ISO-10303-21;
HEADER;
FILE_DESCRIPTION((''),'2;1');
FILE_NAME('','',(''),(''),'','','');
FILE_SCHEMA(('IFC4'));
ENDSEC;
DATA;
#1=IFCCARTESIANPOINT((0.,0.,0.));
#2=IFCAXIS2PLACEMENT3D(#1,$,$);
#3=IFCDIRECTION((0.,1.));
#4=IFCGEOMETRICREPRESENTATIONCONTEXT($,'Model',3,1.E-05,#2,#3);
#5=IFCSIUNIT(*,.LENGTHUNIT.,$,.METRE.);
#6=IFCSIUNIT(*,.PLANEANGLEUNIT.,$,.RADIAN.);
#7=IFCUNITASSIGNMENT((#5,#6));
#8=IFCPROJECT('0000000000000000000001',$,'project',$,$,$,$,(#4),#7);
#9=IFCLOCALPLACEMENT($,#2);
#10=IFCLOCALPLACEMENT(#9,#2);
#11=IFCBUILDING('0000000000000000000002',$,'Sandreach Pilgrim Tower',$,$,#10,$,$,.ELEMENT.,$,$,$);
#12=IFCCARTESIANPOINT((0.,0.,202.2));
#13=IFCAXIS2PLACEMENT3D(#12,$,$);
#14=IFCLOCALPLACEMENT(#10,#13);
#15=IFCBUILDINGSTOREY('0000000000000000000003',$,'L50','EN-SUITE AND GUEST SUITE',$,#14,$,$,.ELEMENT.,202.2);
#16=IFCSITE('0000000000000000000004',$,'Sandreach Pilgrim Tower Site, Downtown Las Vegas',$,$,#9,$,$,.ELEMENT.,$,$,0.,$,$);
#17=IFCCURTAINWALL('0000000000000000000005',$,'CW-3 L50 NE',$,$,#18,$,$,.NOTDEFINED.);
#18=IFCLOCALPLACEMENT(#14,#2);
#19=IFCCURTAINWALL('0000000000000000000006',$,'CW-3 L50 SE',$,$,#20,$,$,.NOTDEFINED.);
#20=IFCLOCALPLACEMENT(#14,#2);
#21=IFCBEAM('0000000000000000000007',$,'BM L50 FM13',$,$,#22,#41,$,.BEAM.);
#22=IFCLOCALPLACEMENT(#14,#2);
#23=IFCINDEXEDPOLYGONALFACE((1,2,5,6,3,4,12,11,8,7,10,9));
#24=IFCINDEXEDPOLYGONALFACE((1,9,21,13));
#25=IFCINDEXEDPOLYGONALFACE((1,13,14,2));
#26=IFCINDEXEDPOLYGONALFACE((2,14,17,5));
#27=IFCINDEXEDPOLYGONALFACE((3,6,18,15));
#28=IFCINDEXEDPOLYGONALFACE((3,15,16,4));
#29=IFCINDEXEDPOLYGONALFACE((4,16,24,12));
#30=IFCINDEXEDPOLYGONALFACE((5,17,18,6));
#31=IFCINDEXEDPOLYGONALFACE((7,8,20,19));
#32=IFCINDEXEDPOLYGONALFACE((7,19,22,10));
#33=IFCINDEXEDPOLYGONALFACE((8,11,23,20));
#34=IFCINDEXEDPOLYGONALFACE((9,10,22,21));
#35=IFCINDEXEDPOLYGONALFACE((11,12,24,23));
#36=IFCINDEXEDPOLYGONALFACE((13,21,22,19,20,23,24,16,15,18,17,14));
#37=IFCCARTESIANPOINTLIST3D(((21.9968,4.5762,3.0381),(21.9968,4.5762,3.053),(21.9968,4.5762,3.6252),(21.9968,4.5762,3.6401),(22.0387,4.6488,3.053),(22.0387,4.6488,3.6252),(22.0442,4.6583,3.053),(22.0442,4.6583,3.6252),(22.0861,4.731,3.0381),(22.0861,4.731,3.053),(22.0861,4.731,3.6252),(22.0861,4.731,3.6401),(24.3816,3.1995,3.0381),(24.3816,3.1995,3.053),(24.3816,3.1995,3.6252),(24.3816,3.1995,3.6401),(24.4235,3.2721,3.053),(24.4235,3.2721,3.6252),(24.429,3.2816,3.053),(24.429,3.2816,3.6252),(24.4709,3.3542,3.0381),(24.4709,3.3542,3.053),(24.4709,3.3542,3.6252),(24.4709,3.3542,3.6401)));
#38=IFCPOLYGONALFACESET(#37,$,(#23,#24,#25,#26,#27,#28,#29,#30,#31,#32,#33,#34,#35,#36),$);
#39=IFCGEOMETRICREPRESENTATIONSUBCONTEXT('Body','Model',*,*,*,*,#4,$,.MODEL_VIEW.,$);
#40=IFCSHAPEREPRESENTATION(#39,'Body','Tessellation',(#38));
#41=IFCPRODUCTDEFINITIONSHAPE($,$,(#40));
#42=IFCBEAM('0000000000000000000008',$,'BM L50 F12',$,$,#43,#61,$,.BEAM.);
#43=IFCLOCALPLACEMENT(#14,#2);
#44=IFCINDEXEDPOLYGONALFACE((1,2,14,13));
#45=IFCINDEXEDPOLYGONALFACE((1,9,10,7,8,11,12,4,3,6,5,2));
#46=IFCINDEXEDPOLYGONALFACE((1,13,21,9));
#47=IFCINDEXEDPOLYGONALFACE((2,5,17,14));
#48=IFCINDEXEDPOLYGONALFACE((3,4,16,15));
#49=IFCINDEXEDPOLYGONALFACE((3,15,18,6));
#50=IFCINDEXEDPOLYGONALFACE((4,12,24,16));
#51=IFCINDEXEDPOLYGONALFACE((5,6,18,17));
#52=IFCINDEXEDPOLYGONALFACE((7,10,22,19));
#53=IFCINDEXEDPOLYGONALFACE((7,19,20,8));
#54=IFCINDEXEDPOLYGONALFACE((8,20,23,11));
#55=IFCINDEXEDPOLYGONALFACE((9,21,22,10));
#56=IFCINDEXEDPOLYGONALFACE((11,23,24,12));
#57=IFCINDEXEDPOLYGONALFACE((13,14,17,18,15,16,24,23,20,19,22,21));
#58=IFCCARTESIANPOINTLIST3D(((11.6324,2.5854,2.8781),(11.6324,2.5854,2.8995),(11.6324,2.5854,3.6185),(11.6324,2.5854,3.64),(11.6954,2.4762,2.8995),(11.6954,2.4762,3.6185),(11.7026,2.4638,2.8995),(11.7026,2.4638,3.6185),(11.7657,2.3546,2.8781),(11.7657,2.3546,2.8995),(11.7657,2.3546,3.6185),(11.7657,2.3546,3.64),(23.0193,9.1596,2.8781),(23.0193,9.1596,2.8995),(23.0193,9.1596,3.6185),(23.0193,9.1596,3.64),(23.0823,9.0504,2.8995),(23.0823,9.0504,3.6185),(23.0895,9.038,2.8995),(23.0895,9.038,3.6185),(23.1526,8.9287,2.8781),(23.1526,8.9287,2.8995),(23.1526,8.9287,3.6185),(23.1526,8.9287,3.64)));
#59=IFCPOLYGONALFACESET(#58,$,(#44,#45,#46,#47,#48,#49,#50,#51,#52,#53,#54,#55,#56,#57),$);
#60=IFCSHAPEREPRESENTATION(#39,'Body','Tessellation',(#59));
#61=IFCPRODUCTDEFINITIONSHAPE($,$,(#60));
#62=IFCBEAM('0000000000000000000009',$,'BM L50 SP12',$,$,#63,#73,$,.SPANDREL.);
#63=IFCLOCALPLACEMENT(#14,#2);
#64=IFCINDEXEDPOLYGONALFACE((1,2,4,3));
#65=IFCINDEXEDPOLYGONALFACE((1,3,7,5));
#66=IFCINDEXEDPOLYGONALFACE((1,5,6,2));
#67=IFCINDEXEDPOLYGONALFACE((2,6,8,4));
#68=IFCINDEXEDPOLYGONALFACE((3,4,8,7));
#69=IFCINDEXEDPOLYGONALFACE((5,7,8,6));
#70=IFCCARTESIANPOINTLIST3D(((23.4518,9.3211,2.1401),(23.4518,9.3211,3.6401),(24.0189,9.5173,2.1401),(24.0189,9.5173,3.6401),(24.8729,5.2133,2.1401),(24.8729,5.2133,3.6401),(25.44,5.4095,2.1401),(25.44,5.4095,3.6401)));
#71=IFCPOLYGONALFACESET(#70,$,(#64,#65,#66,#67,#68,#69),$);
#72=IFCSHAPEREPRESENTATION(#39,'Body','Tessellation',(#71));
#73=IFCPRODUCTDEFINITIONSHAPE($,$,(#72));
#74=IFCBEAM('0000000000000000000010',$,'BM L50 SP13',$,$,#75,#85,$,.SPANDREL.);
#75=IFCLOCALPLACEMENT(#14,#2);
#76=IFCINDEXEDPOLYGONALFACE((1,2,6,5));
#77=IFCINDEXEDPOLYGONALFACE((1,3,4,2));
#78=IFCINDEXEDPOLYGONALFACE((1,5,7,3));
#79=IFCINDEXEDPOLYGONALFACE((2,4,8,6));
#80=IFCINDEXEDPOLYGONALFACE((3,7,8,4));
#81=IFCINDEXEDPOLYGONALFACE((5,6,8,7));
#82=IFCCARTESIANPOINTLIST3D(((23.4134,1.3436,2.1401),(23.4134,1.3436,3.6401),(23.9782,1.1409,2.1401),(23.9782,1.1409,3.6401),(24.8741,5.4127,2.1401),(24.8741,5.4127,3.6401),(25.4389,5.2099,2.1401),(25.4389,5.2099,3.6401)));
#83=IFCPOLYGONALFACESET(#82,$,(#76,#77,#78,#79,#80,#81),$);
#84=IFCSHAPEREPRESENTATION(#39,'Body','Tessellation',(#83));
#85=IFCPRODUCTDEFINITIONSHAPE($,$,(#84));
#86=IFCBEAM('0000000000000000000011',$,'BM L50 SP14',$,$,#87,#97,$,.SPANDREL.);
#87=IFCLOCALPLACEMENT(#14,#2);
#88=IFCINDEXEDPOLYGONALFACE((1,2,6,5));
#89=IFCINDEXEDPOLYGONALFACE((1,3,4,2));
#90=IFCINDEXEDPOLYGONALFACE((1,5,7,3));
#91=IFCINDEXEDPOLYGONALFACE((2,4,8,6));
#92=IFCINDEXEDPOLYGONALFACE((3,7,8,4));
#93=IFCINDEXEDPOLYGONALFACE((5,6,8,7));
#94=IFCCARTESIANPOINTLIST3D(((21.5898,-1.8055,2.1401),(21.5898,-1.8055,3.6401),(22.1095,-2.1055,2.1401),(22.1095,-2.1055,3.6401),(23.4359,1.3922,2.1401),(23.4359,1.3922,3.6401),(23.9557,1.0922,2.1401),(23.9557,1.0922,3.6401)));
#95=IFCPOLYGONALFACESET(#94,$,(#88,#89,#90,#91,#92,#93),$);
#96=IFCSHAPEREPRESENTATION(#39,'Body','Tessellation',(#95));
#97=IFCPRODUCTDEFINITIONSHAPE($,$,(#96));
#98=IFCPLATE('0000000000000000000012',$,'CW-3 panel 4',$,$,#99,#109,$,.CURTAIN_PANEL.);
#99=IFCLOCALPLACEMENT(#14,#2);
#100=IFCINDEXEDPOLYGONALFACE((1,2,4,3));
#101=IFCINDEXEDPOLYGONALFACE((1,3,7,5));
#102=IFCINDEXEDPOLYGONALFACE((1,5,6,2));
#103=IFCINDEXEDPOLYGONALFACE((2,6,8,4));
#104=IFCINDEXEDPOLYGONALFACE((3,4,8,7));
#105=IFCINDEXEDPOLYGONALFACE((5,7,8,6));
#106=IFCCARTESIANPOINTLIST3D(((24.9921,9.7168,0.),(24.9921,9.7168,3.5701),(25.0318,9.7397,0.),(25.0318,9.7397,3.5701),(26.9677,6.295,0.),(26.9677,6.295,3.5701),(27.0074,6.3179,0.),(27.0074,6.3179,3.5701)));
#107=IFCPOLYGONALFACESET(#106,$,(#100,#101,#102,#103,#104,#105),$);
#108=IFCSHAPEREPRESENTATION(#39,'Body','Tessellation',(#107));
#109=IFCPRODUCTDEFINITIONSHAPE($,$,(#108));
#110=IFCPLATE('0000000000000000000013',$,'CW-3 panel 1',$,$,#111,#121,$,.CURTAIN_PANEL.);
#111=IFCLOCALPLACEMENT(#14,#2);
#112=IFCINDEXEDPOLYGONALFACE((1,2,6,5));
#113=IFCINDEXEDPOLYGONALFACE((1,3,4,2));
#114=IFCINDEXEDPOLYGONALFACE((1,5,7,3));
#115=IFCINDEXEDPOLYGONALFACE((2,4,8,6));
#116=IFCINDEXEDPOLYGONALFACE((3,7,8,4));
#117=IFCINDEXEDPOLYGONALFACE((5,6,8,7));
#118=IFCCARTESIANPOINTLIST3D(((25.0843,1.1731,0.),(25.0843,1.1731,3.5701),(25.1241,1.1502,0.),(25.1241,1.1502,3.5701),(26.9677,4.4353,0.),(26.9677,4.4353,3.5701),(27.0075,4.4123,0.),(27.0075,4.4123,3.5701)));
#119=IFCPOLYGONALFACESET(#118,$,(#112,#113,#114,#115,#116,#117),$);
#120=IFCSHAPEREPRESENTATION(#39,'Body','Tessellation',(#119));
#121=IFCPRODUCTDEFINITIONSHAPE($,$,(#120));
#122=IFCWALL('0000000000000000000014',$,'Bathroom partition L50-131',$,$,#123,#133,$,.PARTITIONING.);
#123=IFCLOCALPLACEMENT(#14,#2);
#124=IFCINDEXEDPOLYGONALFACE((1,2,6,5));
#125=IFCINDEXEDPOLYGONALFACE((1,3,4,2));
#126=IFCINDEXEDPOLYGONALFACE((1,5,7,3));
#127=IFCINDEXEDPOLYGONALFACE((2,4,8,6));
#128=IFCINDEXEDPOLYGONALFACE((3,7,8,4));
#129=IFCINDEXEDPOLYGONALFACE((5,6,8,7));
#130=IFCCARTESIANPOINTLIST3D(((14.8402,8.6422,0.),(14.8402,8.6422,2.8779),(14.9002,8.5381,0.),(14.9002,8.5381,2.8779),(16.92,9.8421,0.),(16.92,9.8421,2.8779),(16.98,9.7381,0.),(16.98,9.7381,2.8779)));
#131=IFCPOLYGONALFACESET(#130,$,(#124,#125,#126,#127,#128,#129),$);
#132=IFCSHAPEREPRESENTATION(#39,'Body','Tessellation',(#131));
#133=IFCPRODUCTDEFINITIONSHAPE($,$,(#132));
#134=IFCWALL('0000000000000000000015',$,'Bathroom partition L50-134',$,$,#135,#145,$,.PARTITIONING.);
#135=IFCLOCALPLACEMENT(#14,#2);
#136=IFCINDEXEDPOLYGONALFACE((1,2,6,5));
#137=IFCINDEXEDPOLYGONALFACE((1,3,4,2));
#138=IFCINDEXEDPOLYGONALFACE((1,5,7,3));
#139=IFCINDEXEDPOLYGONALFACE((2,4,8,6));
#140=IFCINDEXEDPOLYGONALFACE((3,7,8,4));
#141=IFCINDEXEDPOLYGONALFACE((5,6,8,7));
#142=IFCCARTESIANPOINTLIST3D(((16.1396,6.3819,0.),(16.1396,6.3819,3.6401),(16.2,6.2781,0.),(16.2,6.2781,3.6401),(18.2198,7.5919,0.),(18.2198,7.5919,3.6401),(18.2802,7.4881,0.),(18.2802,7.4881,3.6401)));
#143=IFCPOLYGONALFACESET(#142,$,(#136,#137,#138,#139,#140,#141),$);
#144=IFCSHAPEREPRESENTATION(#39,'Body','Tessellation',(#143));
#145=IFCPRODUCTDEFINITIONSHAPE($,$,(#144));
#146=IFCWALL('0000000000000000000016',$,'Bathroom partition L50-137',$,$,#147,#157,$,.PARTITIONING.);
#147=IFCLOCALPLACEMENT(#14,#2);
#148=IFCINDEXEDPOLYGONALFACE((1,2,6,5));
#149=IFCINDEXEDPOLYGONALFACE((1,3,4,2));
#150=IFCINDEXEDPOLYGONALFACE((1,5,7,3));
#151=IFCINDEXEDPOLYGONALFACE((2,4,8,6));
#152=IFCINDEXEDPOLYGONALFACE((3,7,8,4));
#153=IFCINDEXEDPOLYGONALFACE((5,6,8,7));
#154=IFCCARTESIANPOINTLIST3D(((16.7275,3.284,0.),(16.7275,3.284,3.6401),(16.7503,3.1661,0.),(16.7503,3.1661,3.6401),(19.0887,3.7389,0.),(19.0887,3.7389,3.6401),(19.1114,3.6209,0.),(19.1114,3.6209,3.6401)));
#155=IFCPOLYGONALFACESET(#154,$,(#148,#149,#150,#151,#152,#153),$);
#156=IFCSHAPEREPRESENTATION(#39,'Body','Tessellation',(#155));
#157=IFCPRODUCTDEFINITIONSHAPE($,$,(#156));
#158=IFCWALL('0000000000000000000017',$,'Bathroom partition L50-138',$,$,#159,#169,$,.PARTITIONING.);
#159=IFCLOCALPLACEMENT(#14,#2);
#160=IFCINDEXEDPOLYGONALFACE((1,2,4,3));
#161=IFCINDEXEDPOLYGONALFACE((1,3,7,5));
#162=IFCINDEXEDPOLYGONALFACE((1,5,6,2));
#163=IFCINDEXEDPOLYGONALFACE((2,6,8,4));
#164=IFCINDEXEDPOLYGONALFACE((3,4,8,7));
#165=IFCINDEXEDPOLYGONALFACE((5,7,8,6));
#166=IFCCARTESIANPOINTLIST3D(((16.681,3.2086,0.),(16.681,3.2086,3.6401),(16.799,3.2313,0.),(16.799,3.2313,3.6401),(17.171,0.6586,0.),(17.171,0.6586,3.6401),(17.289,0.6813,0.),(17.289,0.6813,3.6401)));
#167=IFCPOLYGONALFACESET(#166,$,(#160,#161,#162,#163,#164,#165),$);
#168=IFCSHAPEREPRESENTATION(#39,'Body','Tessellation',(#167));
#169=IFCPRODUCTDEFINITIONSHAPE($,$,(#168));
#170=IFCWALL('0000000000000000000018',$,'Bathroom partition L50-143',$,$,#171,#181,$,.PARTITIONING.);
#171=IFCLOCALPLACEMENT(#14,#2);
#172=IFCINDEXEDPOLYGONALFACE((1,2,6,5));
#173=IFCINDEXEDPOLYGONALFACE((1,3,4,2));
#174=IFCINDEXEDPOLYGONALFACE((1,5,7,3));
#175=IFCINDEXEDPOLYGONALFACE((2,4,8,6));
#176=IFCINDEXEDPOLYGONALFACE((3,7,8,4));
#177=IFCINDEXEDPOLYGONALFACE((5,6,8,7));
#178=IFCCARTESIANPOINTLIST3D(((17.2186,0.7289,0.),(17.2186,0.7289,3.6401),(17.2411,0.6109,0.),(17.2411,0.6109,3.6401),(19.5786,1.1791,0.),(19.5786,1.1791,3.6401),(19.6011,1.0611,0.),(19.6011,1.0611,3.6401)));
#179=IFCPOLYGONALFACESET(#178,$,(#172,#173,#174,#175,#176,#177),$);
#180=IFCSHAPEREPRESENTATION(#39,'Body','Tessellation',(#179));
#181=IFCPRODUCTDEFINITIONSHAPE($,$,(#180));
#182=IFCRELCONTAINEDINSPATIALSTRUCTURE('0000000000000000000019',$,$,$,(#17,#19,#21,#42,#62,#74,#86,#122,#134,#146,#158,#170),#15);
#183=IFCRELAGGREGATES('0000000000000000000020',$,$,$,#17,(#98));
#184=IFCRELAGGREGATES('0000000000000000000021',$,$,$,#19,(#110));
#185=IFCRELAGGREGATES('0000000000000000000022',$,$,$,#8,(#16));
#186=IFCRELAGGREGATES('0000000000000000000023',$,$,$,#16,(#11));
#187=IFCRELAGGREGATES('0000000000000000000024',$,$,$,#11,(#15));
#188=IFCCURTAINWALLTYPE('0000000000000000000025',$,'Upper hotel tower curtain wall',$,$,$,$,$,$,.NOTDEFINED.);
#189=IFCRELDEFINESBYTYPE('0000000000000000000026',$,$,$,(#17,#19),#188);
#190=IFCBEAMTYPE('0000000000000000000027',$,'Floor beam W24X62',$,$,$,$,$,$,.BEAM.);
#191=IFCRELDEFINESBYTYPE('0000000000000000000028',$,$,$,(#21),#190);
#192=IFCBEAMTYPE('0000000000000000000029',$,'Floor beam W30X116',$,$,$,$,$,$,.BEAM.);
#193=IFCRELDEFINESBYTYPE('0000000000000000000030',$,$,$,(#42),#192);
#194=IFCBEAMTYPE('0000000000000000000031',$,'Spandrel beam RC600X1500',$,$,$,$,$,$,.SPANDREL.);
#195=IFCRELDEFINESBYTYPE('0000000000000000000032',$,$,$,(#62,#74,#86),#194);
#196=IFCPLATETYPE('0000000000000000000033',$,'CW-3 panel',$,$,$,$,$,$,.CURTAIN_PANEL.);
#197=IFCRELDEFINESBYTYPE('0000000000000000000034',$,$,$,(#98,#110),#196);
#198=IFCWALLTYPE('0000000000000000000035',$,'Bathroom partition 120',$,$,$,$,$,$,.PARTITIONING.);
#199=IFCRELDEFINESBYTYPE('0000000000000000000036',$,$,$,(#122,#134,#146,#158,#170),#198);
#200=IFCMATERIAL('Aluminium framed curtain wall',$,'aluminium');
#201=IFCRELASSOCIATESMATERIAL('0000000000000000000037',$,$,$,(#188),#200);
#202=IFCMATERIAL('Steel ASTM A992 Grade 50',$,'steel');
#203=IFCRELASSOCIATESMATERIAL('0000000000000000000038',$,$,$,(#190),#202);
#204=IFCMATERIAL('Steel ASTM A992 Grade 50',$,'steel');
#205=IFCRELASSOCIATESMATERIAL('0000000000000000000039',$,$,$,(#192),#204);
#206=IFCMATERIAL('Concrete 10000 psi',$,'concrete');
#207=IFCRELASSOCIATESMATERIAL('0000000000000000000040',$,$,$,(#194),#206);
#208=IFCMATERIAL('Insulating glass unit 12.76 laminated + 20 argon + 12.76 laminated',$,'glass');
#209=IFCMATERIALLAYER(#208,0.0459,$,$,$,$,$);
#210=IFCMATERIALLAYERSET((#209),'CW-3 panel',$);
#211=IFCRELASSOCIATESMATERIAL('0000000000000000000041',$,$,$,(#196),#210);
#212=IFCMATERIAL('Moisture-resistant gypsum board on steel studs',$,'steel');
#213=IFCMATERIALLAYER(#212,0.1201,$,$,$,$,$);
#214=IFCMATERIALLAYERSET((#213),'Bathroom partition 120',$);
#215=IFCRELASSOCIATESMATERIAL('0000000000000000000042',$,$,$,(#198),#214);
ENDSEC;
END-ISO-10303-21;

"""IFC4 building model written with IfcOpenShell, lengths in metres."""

from ifc_helpers import new_model, si_unit, direction, frame, frame_2d, origin, origin_2d, place, context, subcontext, project, spatial, rectangle, i_section, extrude, material, layer, layer_set, material_profile, profile_set, type_object, element, aggregate, save


model = new_model("IFC4")

# Units and contexts
model_context = context("Model", 3, precision=1e-05, world=origin(), true_north=direction((0.0, 1.0)))
body_context = subcontext(model_context, "Body", "Model", "MODEL_VIEW")
ifc_project = project(units=[si_unit("LENGTHUNIT", "METRE"), si_unit("PLANEANGLEUNIT", "RADIAN")], contexts=[model_context])

# Site, building, storey
site_placement = place(None, origin())
site = spatial("IfcSite", under=ifc_project, at=site_placement, Name="Sandreach Pilgrim Tower Site, Downtown Las Vegas", CompositionType="ELEMENT", RefElevation=0.0)
building_placement = place(site_placement, origin())
building = spatial("IfcBuilding", under=site, at=building_placement, Name="Sandreach Pilgrim Tower", CompositionType="ELEMENT")
storey_placement = place(building_placement, frame((0.0, 0.0, 202.2)))
storey = spatial("IfcBuildingStorey", under=building, at=storey_placement, Name="L50", Description="EN-SUITE AND GUEST SUITE", CompositionType="ELEMENT", Elevation=202.2)

# Curtain wall
ifc_material_1 = material(Name="Aluminium framed curtain wall", Category="aluminium")
curtain_wall_type = type_object("IfcCurtainWallType", Name="Upper hotel tower curtain wall", PredefinedType="NOTDEFINED", material=ifc_material_1)
curtain_wall_1_placement = place(storey_placement, origin())
curtain_wall_1 = element("IfcCurtainWall", 1, at=curtain_wall_1_placement, inside=storey, type_object=curtain_wall_type, Name="CW-3 L50 NE", PredefinedType="NOTDEFINED")

# Curtain wall
curtain_wall_2_placement = place(storey_placement, origin())
curtain_wall_2 = element("IfcCurtainWall", 2, at=curtain_wall_2_placement, inside=storey, type_object=curtain_wall_type, Name="CW-3 L50 SE", PredefinedType="NOTDEFINED")

# Beams
ifc_material_2 = material(Name="Steel ASTM A992 Grade 50", Category="steel")
ifc_material_profile_1 = material_profile(ifc_material_2, i_section(OverallWidth=0.1787, OverallDepth=0.6021, WebThickness=0.011, FlangeThickness=0.0149, at=origin_2d()), Name="W24X62")
ifc_profile_set_1 = profile_set([ifc_material_profile_1], Name="Steel ASTM A992 Grade 50")
beam_type_1 = type_object("IfcBeamType", Name="Floor beam W24X62", PredefinedType="BEAM", material=ifc_profile_set_1)
beam_1_placement = place(storey_placement, frame((24.4263, 3.2769, 3.3391), z_axis=(-0.866047, 0.499963, 0.0), x_axis=(-0.499963, -0.866047, 0.0)))
element("IfcBeam", 3, at=beam_1_placement, inside=storey, type_object=beam_type_1, Name="BM L50 FM13", PredefinedType="BEAM", context=body_context, shape_type="SweptSolid", body=[
    extrude(i_section(OverallWidth=0.1787, OverallDepth=0.6021, WebThickness=0.011, FlangeThickness=0.0149, at=origin_2d()), origin(), (0.0, 0.0, 1.0), 2.7537),
])
ifc_material_3 = material(Name="Steel ASTM A992 Grade 50", Category="steel")
ifc_material_profile_2 = material_profile(ifc_material_3, i_section(OverallWidth=0.2666, OverallDepth=0.762, WebThickness=0.0144, FlangeThickness=0.0215, at=origin_2d()), Name="W30X116")
ifc_profile_set_2 = profile_set([ifc_material_profile_2], Name="Steel ASTM A992 Grade 50")
beam_type_2 = type_object("IfcBeamType", Name="Floor beam W30X116", PredefinedType="BEAM", material=ifc_profile_set_2)
beam_2_placement = place(storey_placement, frame((23.0859, 9.0442, 3.259), z_axis=(-0.866027, -0.499997, 0.0), x_axis=(0.499997, -0.866027, 0.0)))
element("IfcBeam", 4, at=beam_2_placement, inside=storey, type_object=beam_type_2, Name="BM L50 F12", PredefinedType="BEAM", context=body_context, shape_type="SweptSolid", body=[
    extrude(i_section(OverallWidth=0.2666, OverallDepth=0.762, WebThickness=0.0144, FlangeThickness=0.0215, at=origin_2d()), origin(), (0.0, 0.0, 1.0), 13.1484),
])
ifc_material_4 = material(Name="Concrete 10000 psi", Category="concrete")
ifc_material_profile_3 = material_profile(ifc_material_4, rectangle(XDim=0.6001, YDim=1.5, at=origin_2d()), Name="RC600X1500")
ifc_profile_set_3 = profile_set([ifc_material_profile_3], Name="Concrete 10000 psi")
beam_type_3 = type_object("IfcBeamType", Name="Spandrel beam RC600X1500", PredefinedType="SPANDREL", material=ifc_profile_set_3)
beam_3_placement = place(storey_placement, frame((23.7354, 9.4192, 2.8901), z_axis=(0.326941, -0.945045, 0.0), x_axis=(0.945045, 0.326941, 0.0)))
element("IfcBeam", 5, at=beam_3_placement, inside=storey, type_object=beam_type_3, Name="BM L50 SP12", PredefinedType="SPANDREL", context=body_context, shape_type="SweptSolid", body=[
    extrude(rectangle(XDim=0.6001, YDim=1.5, at=origin_2d()), origin(), (0.0, 0.0, 1.0), 4.3467),
])
beam_4_placement = place(storey_placement, frame((25.1565, 5.3113, 2.8901), z_axis=(-0.337863, -0.941195, 0.0), x_axis=(0.941195, -0.337863, 0.0)))
element("IfcBeam", 6, at=beam_4_placement, inside=storey, type_object=beam_type_3, Name="BM L50 SP13", PredefinedType="SPANDREL", context=body_context, shape_type="SweptSolid", body=[
    extrude(rectangle(XDim=0.6001, YDim=1.5, at=origin_2d()), origin(), (0.0, 0.0, 1.0), 4.3232),
])
beam_5_placement = place(storey_placement, frame((23.6958, 1.2422, 2.8901), z_axis=(-0.499993, -0.866029, 0.0), x_axis=(0.866029, -0.499993, 0.0)))
element("IfcBeam", 7, at=beam_5_placement, inside=storey, type_object=beam_type_3, Name="BM L50 SP14", PredefinedType="SPANDREL", context=body_context, shape_type="SweptSolid", body=[
    extrude(rectangle(XDim=0.6001, YDim=1.5, at=origin_2d()), origin(), (0.0, 0.0, 1.0), 3.6924),
])

# Plates
ifc_material_5 = material(Name="Insulating glass unit 12.76 laminated + 20 argon + 12.76 laminated", Category="glass")
ifc_layer_1 = layer(ifc_material_5, 0.0459)
ifc_layer_set_1 = layer_set([ifc_layer_1], Name="CW-3 panel")
plate_type = type_object("IfcPlateType", Name="CW-3 panel", PredefinedType="CURTAIN_PANEL", material=ifc_layer_set_1)
plate_1_placement = place(storey_placement, frame((25.9998, 8.0173, 0.0), z_axis=(0.0, 0.0, 1.0), x_axis=(0.5, -0.866025, 0.0)))
plate_1 = element("IfcPlate", 8, at=plate_1_placement, type_object=plate_type, Name="CW-3 panel 4", PredefinedType="CURTAIN_PANEL", context=body_context, shape_type="SweptSolid", body=[
    extrude(rectangle(XDim=3.9512, YDim=0.0459, at=origin_2d()), origin(), (0.0, 0.0, 1.0), 3.5701),
])
aggregate(curtain_wall_1, [plate_1])
plate_2_placement = place(storey_placement, frame((26.0459, 2.7927, 0.0), z_axis=(0.0, 0.0, 1.0), x_axis=(-0.5, -0.866025, 0.0)))
plate_2 = element("IfcPlate", 9, at=plate_2_placement, type_object=plate_type, Name="CW-3 panel 1", PredefinedType="CURTAIN_PANEL", context=body_context, shape_type="SweptSolid", body=[
    extrude(rectangle(XDim=3.7668, YDim=0.0459, at=origin_2d()), origin(), (0.0, 0.0, 1.0), 3.5701),
])
aggregate(curtain_wall_2, [plate_2])

# Walls
ifc_material_6 = material(Name="Moisture-resistant gypsum board on steel studs", Category="steel")
ifc_layer_2 = layer(ifc_material_6, 0.1201)
ifc_layer_set_2 = layer_set([ifc_layer_2], Name="Bathroom partition 120")
wall_type_1 = type_object("IfcWallType", Name="Bathroom partition 120", PredefinedType="PARTITIONING", material=ifc_layer_set_2)
wall_1_placement = place(storey_placement, frame((14.8701, 8.5901, 0.0), z_axis=(0.0, 0.0, 1.0), x_axis=(0.866177, 0.499737, 0.0)))
element("IfcWall", 10, at=wall_1_placement, inside=storey, type_object=wall_type_1, Name="Bathroom partition L50-131", PredefinedType="PARTITIONING", context=body_context, shape_type="SweptSolid", body=[
    extrude(rectangle(XDim=2.4011, YDim=0.1201, at=frame_2d((1.2007, 0.0))), origin(), (0.0, 0.0, 1.0), 2.8779),
])
wall_2_placement = place(storey_placement, frame((16.1699, 6.3301, 0.0), z_axis=(0.0, 0.0, 1.0), x_axis=(0.864396, 0.502811, 0.0)))
element("IfcWall", 11, at=wall_2_placement, inside=storey, type_object=wall_type_1, Name="Bathroom partition L50-134", PredefinedType="PARTITIONING", context=body_context, shape_type="SweptSolid", body=[
    extrude(rectangle(XDim=2.4065, YDim=0.1201, at=frame_2d((1.2031, 0.0))), origin(), (0.0, 0.0, 1.0), 3.6401),
])
wall_3_placement = place(storey_placement, frame((16.739, 3.2251, 0.0), z_axis=(0.0, 0.0, 1.0), x_axis=(0.981946, 0.18916, 0.0)))
element("IfcWall", 12, at=wall_3_placement, inside=storey, type_object=wall_type_1, Name="Bathroom partition L50-137", PredefinedType="PARTITIONING", context=body_context, shape_type="SweptSolid", body=[
    extrude(rectangle(XDim=2.4045, YDim=0.1201, at=frame_2d((1.2021, 0.0))), origin(), (0.0, 0.0, 1.0), 3.6401),
])
wall_4_placement = place(storey_placement, frame((16.74, 3.22, 0.0), z_axis=(0.0, 0.0, 1.0), x_axis=(0.188697, -0.982035, 0.0)))
element("IfcWall", 13, at=wall_4_placement, inside=storey, type_object=wall_type_1, Name="Bathroom partition L50-138", PredefinedType="PARTITIONING", context=body_context, shape_type="SweptSolid", body=[
    extrude(rectangle(XDim=2.5967, YDim=0.1201, at=frame_2d((1.2983, 0.0))), origin(), (0.0, 0.0, 1.0), 3.6401),
])
wall_5_placement = place(storey_placement, frame((17.23, 0.6699, 0.0), z_axis=(0.0, 0.0, 1.0), x_axis=(0.982289, 0.187374, 0.0)))
element("IfcWall", 14, at=wall_5_placement, inside=storey, type_object=wall_type_1, Name="Bathroom partition L50-143", PredefinedType="PARTITIONING", context=body_context, shape_type="SweptSolid", body=[
    extrude(rectangle(XDim=2.4026, YDim=0.1201, at=frame_2d((1.2012, 0.0))), origin(), (0.0, 0.0, 1.0), 3.6401),
])

save(model, "model.ifc")
